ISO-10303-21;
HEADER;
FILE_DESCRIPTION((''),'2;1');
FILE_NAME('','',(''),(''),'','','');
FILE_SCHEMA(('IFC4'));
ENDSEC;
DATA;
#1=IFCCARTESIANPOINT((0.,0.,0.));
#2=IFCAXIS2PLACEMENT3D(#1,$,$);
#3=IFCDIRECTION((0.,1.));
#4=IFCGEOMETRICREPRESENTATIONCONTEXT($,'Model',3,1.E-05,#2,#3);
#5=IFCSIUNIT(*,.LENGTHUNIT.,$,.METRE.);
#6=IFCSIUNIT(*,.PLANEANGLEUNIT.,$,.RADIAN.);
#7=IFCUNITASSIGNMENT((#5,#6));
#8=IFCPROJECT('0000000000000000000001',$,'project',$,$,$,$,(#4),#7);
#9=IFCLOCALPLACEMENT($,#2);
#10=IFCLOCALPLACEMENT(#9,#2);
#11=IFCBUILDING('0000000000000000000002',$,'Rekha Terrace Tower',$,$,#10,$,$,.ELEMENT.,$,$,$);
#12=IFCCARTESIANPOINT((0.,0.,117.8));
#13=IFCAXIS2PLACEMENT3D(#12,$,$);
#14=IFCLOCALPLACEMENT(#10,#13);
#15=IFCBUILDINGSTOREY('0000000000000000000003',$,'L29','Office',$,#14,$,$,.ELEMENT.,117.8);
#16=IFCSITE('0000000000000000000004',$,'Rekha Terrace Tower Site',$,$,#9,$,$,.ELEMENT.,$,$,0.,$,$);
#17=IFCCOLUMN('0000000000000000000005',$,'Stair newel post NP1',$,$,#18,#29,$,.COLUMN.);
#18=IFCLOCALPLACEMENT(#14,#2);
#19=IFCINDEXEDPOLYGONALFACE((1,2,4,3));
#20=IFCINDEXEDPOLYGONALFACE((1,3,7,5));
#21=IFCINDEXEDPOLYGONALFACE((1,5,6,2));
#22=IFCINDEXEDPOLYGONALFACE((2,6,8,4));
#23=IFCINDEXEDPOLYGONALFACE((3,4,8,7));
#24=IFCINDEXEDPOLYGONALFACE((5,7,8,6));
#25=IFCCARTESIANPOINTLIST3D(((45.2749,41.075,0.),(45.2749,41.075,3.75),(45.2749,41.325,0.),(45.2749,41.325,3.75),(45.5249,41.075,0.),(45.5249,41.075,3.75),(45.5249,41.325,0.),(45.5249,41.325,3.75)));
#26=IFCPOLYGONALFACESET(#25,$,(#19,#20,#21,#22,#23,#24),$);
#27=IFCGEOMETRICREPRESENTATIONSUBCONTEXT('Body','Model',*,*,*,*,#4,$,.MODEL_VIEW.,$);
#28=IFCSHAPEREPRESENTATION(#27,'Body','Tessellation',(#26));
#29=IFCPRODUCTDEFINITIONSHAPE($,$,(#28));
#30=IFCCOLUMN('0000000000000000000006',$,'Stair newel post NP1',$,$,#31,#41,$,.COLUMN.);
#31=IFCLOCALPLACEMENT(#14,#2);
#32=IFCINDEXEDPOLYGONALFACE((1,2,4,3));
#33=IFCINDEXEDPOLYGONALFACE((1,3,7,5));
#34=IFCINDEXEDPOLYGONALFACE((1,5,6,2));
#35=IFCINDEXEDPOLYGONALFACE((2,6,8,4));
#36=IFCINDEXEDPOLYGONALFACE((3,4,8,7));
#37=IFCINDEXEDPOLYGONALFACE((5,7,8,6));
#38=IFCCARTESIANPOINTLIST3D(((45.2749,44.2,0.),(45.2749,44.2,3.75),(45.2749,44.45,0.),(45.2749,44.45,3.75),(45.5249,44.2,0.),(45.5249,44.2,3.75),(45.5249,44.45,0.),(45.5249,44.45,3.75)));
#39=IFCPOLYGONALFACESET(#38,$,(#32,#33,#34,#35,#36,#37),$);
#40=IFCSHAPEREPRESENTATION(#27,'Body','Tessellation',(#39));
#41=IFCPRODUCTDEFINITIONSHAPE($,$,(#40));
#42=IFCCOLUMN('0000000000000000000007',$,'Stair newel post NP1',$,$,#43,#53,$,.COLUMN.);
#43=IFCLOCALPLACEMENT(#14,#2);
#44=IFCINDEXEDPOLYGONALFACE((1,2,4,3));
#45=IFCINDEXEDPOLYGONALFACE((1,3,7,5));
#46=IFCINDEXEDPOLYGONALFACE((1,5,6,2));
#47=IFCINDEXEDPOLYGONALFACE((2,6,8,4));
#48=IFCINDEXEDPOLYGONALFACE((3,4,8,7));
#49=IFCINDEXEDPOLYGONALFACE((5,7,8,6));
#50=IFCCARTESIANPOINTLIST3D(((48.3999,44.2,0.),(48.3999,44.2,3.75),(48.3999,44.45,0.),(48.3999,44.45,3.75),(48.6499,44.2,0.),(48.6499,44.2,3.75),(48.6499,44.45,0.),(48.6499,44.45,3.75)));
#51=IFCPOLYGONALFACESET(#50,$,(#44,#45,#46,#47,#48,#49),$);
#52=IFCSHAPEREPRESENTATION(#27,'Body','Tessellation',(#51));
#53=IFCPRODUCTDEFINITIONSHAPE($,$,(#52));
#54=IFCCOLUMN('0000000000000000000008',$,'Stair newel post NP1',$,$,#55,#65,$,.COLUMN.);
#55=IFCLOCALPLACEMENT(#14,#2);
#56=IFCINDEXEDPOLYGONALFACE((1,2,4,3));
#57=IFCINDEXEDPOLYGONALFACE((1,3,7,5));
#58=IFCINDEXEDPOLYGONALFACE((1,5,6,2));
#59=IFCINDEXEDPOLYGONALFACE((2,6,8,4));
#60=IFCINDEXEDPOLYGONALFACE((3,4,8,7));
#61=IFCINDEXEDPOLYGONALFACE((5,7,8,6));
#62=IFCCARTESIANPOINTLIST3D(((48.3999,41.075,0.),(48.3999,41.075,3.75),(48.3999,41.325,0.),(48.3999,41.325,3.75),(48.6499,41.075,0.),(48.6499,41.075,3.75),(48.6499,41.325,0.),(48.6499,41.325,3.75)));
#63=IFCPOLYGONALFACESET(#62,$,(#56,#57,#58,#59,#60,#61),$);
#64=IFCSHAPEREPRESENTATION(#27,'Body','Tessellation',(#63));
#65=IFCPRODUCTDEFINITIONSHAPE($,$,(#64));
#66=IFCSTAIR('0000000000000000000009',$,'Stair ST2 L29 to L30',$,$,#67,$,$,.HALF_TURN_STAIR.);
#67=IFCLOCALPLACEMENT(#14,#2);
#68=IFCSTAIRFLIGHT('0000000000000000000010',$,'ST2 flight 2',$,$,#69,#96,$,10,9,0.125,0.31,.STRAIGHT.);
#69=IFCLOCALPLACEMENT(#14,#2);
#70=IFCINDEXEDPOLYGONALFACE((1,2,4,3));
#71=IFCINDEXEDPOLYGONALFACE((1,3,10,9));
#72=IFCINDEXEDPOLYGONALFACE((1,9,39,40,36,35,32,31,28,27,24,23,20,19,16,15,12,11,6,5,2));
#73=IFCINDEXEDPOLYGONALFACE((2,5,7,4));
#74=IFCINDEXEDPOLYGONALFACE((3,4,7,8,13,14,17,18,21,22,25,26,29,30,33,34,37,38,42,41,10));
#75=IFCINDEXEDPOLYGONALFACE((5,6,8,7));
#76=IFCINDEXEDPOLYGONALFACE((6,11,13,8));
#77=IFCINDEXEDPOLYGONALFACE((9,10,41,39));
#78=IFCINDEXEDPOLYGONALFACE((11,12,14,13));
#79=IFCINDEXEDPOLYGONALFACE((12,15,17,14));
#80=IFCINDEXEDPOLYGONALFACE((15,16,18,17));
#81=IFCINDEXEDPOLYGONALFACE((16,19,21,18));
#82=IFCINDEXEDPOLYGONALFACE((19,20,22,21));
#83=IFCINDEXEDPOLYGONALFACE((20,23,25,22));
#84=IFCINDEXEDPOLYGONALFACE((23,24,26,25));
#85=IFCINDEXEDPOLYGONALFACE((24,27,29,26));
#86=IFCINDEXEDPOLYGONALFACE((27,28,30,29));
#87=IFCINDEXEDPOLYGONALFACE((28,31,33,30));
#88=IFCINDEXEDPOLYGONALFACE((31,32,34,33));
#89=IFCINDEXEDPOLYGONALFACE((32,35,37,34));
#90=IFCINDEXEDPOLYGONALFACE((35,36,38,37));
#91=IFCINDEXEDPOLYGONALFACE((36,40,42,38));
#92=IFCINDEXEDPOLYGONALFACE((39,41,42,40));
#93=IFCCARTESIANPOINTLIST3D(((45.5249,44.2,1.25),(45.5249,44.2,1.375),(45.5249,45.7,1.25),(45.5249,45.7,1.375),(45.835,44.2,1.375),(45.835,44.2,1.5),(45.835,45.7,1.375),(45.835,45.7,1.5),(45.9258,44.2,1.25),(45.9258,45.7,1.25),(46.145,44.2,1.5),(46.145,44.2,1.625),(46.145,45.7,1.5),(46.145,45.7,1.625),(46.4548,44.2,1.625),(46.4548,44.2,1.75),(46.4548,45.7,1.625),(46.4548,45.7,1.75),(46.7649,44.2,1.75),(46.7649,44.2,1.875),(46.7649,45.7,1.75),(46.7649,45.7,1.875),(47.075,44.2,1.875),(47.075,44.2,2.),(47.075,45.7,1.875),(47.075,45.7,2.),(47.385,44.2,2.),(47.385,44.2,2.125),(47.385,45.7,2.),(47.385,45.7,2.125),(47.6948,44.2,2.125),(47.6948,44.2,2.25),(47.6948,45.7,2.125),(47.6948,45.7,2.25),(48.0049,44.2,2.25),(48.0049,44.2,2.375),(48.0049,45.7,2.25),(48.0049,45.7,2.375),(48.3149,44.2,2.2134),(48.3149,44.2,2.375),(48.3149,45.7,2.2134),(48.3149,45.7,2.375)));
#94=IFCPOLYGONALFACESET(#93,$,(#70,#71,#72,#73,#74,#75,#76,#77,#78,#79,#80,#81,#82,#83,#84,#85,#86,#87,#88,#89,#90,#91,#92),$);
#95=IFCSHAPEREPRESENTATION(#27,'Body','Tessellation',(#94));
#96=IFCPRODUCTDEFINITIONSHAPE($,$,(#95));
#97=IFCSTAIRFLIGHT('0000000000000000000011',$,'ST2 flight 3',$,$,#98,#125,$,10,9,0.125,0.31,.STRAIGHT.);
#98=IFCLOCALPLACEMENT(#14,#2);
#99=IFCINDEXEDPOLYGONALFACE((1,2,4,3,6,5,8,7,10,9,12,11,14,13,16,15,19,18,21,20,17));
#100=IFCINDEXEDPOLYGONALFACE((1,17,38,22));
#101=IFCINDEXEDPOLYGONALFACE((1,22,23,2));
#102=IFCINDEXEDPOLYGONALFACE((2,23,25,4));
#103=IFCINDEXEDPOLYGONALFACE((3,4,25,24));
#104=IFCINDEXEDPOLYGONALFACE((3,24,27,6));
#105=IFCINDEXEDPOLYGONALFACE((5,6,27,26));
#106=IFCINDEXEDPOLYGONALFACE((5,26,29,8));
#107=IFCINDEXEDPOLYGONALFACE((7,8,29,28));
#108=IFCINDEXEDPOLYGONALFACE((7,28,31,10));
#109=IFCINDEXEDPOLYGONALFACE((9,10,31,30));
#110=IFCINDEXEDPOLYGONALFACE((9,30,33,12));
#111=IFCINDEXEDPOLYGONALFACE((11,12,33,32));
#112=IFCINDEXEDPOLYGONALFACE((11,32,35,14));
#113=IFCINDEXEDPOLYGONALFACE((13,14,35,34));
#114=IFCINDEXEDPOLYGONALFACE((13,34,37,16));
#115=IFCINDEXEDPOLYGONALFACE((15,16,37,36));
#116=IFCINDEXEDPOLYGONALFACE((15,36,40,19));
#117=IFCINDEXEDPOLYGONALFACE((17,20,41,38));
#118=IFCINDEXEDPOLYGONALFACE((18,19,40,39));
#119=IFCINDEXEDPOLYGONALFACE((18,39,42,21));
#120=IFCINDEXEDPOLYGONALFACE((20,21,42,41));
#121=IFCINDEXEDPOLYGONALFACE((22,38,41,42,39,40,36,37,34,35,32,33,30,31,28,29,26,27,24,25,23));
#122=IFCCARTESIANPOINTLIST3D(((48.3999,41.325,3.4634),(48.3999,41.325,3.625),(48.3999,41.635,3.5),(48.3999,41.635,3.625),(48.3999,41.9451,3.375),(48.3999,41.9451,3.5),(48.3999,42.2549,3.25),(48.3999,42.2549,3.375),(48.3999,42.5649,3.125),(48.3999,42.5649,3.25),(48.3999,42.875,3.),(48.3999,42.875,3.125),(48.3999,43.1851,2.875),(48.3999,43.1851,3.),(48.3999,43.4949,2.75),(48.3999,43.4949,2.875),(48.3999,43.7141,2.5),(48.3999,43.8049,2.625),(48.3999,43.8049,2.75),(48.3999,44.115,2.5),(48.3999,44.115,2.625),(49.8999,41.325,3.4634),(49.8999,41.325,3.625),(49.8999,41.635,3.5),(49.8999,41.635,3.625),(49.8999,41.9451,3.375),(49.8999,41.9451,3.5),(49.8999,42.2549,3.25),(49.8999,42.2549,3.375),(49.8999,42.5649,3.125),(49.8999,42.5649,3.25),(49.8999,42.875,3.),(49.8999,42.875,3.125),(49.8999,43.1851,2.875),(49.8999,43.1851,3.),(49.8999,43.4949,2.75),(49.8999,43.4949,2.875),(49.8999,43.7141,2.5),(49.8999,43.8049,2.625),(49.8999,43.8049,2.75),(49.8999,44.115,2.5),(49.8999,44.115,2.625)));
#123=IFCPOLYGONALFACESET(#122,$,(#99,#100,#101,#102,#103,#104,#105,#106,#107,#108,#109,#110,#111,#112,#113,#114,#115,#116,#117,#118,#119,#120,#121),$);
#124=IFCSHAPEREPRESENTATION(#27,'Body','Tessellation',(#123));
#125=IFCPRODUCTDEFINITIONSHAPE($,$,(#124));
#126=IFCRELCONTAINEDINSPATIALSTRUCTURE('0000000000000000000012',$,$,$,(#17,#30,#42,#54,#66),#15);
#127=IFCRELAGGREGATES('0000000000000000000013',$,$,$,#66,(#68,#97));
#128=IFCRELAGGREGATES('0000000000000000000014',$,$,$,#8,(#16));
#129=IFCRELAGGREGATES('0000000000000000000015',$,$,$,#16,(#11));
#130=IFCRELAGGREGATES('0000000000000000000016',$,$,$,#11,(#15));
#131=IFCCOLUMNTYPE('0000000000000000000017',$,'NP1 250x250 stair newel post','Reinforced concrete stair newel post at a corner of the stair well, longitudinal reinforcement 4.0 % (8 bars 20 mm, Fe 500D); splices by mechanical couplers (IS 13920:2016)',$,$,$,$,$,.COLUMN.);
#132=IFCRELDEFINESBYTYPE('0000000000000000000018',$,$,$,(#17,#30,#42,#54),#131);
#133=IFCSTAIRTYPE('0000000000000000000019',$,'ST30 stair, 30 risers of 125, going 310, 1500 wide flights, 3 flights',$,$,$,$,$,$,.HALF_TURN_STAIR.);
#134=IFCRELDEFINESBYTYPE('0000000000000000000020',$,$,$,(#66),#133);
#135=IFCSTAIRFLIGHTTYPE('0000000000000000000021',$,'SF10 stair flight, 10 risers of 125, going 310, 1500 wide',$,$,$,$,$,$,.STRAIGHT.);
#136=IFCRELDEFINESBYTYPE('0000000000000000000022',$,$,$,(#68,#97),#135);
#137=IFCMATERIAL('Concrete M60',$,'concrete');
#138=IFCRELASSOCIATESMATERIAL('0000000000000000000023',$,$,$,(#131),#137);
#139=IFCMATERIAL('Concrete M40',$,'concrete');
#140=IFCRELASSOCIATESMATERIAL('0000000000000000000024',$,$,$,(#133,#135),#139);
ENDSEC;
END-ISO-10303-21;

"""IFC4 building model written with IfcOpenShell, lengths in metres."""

from ifc_helpers import new_model, si_unit, direction, frame, origin, origin_2d, place, context, subcontext, project, spatial, polyline, rectangle, outline, extrude, material, material_profile, profile_set, type_object, element, aggregate, save


model = new_model("IFC4")

# Units and contexts
model_context = context("Model", 3, precision=1e-05, world=origin(), true_north=direction((0.0, 1.0)))
body_context = subcontext(model_context, "Body", "Model", "MODEL_VIEW")
ifc_project = project(units=[si_unit("LENGTHUNIT", "METRE"), si_unit("PLANEANGLEUNIT", "RADIAN")], contexts=[model_context])

# Site, building, storey
site_placement = place(None, origin())
site = spatial("IfcSite", under=ifc_project, at=site_placement, Name="Rekha Terrace Tower Site", CompositionType="ELEMENT", RefElevation=0.0)
building_placement = place(site_placement, origin())
building = spatial("IfcBuilding", under=site, at=building_placement, Name="Rekha Terrace Tower", CompositionType="ELEMENT")
storey_placement = place(building_placement, frame((0.0, 0.0, 117.8)))
storey = spatial("IfcBuildingStorey", under=building, at=storey_placement, Name="L29", Description="Office", CompositionType="ELEMENT", Elevation=117.8)

# Columns
ifc_material_1 = material(Name="Concrete M60", Category="concrete")
ifc_material_profile = material_profile(ifc_material_1, rectangle(XDim=0.25, YDim=0.25, at=origin_2d()), Name="RC 250x250")
ifc_profile_set = profile_set([ifc_material_profile], Name="Concrete M60")
column_type = type_object("IfcColumnType", Name="NP1 250x250 stair newel post", Description="Reinforced concrete stair newel post at a corner of the stair well, longitudinal reinforcement 4.0 % (8 bars 20 mm, Fe 500D); splices by mechanical couplers (IS 13920:2016)", PredefinedType="COLUMN", material=ifc_profile_set)
for number, where, z_axis, x_axis, name in (
    (1, (45.3999, 41.2, 0.0), (0.0, 0.0, 1.0), (1.0, 0.0, 0.0), "Stair newel post NP1"),
    (2, (45.3999, 44.325, 0.0), (0.0, 0.0, 1.0), (1.0, 0.0, 0.0), "Stair newel post NP1"),
    (3, (48.5249, 44.325, 0.0), (0.0, 0.0, 1.0), (1.0, 0.0, 0.0), "Stair newel post NP1"),
    (4, (48.5249, 41.2, 0.0), (0.0, 0.0, 1.0), (1.0, 0.0, 0.0), "Stair newel post NP1"),
):
    element("IfcColumn", number, at=place(storey_placement, frame(where, z_axis=z_axis, x_axis=x_axis)), inside=storey, type_object=column_type, Name=name, PredefinedType="COLUMN", context=body_context, shape_type="SweptSolid", body=[
        extrude(rectangle(XDim=0.25, YDim=0.25, at=origin_2d()), origin(), (0.0, 0.0, 1.0), 3.75),
    ])

# Stair, stair flights
ifc_material_2 = material(Name="Concrete M40", Category="concrete")
stair_type = type_object("IfcStairType", Name="ST30 stair, 30 risers of 125, going 310, 1500 wide flights, 3 flights", PredefinedType="HALF_TURN_STAIR", material=ifc_material_2)
stair_placement = place(storey_placement, origin())
stair = element("IfcStair", 5, at=stair_placement, inside=storey, type_object=stair_type, Name="Stair ST2 L29 to L30", PredefinedType="HALF_TURN_STAIR")
stair_flight_type = type_object("IfcStairFlightType", Name="SF10 stair flight, 10 risers of 125, going 310, 1500 wide", PredefinedType="STRAIGHT", material=ifc_material_2)
stair_flight_1_placement = place(storey_placement, frame((45.5249, 44.95, 1.25), z_axis=(0.0, 0.0, 1.0), x_axis=(1.0, 0.0, 0.0)))
stair_flight_1 = element("IfcStairFlight", 6, at=stair_flight_1_placement, type_object=stair_flight_type, Name="ST2 flight 2", NumberOfRisers=10, NumberOfTreads=9, PredefinedType="STRAIGHT", RiserHeight=0.125, TreadLength=0.31, context=body_context, shape_type="SweptSolid", body=[
    extrude(outline(polyline([(0.0, 0.0), (0.0, 0.125), (0.3101, 0.125), (0.3101, 0.25), (0.6201, 0.25), (0.6201, 0.375), (0.9299, 0.375), (0.9299, 0.5), (1.24, 0.5), (1.24, 0.625), (1.55, 0.625), (1.55, 0.75), (1.8601, 0.75), (1.8601, 0.875), (2.1699, 0.875), (2.1699, 1.0), (2.48, 1.0), (2.48, 1.125), (2.79, 1.125), (2.79, 1.25), (2.79, 0.9634), (0.4009, 0.0), (0.0, 0.0)])), frame((0.0, 0.75, 0.0), z_axis=(0.0, -1.0, 0.0), x_axis=(1.0, 0.0, 0.0)), (0.0, 0.0, 1.0), 1.5),
])
stair_flight_2_placement = place(storey_placement, frame((49.1499, 44.115, 2.5), z_axis=(0.0, 0.0, 1.0), x_axis=(0.0, -1.0, 0.0)))
stair_flight_2 = element("IfcStairFlight", 7, at=stair_flight_2_placement, type_object=stair_flight_type, Name="ST2 flight 3", NumberOfRisers=10, NumberOfTreads=9, PredefinedType="STRAIGHT", RiserHeight=0.125, TreadLength=0.31, context=body_context, shape_type="SweptSolid", body=[
    extrude(outline(polyline([(0.0, 0.0), (0.0, 0.125), (0.3101, 0.125), (0.3101, 0.25), (0.6201, 0.25), (0.6201, 0.375), (0.9299, 0.375), (0.9299, 0.5), (1.24, 0.5), (1.24, 0.625), (1.55, 0.625), (1.55, 0.75), (1.8601, 0.75), (1.8601, 0.875), (2.1699, 0.875), (2.1699, 1.0), (2.48, 1.0), (2.48, 1.125), (2.79, 1.125), (2.79, 1.25), (2.79, 0.9634), (0.4009, 0.0), (0.0, 0.0)])), frame((0.0, 0.75, 0.0), z_axis=(0.0, -1.0, 0.0), x_axis=(1.0, 0.0, 0.0)), (0.0, 0.0, 1.0), 1.5),
])
aggregate(stair, [stair_flight_1, stair_flight_2])

save(model, "model.ifc")
